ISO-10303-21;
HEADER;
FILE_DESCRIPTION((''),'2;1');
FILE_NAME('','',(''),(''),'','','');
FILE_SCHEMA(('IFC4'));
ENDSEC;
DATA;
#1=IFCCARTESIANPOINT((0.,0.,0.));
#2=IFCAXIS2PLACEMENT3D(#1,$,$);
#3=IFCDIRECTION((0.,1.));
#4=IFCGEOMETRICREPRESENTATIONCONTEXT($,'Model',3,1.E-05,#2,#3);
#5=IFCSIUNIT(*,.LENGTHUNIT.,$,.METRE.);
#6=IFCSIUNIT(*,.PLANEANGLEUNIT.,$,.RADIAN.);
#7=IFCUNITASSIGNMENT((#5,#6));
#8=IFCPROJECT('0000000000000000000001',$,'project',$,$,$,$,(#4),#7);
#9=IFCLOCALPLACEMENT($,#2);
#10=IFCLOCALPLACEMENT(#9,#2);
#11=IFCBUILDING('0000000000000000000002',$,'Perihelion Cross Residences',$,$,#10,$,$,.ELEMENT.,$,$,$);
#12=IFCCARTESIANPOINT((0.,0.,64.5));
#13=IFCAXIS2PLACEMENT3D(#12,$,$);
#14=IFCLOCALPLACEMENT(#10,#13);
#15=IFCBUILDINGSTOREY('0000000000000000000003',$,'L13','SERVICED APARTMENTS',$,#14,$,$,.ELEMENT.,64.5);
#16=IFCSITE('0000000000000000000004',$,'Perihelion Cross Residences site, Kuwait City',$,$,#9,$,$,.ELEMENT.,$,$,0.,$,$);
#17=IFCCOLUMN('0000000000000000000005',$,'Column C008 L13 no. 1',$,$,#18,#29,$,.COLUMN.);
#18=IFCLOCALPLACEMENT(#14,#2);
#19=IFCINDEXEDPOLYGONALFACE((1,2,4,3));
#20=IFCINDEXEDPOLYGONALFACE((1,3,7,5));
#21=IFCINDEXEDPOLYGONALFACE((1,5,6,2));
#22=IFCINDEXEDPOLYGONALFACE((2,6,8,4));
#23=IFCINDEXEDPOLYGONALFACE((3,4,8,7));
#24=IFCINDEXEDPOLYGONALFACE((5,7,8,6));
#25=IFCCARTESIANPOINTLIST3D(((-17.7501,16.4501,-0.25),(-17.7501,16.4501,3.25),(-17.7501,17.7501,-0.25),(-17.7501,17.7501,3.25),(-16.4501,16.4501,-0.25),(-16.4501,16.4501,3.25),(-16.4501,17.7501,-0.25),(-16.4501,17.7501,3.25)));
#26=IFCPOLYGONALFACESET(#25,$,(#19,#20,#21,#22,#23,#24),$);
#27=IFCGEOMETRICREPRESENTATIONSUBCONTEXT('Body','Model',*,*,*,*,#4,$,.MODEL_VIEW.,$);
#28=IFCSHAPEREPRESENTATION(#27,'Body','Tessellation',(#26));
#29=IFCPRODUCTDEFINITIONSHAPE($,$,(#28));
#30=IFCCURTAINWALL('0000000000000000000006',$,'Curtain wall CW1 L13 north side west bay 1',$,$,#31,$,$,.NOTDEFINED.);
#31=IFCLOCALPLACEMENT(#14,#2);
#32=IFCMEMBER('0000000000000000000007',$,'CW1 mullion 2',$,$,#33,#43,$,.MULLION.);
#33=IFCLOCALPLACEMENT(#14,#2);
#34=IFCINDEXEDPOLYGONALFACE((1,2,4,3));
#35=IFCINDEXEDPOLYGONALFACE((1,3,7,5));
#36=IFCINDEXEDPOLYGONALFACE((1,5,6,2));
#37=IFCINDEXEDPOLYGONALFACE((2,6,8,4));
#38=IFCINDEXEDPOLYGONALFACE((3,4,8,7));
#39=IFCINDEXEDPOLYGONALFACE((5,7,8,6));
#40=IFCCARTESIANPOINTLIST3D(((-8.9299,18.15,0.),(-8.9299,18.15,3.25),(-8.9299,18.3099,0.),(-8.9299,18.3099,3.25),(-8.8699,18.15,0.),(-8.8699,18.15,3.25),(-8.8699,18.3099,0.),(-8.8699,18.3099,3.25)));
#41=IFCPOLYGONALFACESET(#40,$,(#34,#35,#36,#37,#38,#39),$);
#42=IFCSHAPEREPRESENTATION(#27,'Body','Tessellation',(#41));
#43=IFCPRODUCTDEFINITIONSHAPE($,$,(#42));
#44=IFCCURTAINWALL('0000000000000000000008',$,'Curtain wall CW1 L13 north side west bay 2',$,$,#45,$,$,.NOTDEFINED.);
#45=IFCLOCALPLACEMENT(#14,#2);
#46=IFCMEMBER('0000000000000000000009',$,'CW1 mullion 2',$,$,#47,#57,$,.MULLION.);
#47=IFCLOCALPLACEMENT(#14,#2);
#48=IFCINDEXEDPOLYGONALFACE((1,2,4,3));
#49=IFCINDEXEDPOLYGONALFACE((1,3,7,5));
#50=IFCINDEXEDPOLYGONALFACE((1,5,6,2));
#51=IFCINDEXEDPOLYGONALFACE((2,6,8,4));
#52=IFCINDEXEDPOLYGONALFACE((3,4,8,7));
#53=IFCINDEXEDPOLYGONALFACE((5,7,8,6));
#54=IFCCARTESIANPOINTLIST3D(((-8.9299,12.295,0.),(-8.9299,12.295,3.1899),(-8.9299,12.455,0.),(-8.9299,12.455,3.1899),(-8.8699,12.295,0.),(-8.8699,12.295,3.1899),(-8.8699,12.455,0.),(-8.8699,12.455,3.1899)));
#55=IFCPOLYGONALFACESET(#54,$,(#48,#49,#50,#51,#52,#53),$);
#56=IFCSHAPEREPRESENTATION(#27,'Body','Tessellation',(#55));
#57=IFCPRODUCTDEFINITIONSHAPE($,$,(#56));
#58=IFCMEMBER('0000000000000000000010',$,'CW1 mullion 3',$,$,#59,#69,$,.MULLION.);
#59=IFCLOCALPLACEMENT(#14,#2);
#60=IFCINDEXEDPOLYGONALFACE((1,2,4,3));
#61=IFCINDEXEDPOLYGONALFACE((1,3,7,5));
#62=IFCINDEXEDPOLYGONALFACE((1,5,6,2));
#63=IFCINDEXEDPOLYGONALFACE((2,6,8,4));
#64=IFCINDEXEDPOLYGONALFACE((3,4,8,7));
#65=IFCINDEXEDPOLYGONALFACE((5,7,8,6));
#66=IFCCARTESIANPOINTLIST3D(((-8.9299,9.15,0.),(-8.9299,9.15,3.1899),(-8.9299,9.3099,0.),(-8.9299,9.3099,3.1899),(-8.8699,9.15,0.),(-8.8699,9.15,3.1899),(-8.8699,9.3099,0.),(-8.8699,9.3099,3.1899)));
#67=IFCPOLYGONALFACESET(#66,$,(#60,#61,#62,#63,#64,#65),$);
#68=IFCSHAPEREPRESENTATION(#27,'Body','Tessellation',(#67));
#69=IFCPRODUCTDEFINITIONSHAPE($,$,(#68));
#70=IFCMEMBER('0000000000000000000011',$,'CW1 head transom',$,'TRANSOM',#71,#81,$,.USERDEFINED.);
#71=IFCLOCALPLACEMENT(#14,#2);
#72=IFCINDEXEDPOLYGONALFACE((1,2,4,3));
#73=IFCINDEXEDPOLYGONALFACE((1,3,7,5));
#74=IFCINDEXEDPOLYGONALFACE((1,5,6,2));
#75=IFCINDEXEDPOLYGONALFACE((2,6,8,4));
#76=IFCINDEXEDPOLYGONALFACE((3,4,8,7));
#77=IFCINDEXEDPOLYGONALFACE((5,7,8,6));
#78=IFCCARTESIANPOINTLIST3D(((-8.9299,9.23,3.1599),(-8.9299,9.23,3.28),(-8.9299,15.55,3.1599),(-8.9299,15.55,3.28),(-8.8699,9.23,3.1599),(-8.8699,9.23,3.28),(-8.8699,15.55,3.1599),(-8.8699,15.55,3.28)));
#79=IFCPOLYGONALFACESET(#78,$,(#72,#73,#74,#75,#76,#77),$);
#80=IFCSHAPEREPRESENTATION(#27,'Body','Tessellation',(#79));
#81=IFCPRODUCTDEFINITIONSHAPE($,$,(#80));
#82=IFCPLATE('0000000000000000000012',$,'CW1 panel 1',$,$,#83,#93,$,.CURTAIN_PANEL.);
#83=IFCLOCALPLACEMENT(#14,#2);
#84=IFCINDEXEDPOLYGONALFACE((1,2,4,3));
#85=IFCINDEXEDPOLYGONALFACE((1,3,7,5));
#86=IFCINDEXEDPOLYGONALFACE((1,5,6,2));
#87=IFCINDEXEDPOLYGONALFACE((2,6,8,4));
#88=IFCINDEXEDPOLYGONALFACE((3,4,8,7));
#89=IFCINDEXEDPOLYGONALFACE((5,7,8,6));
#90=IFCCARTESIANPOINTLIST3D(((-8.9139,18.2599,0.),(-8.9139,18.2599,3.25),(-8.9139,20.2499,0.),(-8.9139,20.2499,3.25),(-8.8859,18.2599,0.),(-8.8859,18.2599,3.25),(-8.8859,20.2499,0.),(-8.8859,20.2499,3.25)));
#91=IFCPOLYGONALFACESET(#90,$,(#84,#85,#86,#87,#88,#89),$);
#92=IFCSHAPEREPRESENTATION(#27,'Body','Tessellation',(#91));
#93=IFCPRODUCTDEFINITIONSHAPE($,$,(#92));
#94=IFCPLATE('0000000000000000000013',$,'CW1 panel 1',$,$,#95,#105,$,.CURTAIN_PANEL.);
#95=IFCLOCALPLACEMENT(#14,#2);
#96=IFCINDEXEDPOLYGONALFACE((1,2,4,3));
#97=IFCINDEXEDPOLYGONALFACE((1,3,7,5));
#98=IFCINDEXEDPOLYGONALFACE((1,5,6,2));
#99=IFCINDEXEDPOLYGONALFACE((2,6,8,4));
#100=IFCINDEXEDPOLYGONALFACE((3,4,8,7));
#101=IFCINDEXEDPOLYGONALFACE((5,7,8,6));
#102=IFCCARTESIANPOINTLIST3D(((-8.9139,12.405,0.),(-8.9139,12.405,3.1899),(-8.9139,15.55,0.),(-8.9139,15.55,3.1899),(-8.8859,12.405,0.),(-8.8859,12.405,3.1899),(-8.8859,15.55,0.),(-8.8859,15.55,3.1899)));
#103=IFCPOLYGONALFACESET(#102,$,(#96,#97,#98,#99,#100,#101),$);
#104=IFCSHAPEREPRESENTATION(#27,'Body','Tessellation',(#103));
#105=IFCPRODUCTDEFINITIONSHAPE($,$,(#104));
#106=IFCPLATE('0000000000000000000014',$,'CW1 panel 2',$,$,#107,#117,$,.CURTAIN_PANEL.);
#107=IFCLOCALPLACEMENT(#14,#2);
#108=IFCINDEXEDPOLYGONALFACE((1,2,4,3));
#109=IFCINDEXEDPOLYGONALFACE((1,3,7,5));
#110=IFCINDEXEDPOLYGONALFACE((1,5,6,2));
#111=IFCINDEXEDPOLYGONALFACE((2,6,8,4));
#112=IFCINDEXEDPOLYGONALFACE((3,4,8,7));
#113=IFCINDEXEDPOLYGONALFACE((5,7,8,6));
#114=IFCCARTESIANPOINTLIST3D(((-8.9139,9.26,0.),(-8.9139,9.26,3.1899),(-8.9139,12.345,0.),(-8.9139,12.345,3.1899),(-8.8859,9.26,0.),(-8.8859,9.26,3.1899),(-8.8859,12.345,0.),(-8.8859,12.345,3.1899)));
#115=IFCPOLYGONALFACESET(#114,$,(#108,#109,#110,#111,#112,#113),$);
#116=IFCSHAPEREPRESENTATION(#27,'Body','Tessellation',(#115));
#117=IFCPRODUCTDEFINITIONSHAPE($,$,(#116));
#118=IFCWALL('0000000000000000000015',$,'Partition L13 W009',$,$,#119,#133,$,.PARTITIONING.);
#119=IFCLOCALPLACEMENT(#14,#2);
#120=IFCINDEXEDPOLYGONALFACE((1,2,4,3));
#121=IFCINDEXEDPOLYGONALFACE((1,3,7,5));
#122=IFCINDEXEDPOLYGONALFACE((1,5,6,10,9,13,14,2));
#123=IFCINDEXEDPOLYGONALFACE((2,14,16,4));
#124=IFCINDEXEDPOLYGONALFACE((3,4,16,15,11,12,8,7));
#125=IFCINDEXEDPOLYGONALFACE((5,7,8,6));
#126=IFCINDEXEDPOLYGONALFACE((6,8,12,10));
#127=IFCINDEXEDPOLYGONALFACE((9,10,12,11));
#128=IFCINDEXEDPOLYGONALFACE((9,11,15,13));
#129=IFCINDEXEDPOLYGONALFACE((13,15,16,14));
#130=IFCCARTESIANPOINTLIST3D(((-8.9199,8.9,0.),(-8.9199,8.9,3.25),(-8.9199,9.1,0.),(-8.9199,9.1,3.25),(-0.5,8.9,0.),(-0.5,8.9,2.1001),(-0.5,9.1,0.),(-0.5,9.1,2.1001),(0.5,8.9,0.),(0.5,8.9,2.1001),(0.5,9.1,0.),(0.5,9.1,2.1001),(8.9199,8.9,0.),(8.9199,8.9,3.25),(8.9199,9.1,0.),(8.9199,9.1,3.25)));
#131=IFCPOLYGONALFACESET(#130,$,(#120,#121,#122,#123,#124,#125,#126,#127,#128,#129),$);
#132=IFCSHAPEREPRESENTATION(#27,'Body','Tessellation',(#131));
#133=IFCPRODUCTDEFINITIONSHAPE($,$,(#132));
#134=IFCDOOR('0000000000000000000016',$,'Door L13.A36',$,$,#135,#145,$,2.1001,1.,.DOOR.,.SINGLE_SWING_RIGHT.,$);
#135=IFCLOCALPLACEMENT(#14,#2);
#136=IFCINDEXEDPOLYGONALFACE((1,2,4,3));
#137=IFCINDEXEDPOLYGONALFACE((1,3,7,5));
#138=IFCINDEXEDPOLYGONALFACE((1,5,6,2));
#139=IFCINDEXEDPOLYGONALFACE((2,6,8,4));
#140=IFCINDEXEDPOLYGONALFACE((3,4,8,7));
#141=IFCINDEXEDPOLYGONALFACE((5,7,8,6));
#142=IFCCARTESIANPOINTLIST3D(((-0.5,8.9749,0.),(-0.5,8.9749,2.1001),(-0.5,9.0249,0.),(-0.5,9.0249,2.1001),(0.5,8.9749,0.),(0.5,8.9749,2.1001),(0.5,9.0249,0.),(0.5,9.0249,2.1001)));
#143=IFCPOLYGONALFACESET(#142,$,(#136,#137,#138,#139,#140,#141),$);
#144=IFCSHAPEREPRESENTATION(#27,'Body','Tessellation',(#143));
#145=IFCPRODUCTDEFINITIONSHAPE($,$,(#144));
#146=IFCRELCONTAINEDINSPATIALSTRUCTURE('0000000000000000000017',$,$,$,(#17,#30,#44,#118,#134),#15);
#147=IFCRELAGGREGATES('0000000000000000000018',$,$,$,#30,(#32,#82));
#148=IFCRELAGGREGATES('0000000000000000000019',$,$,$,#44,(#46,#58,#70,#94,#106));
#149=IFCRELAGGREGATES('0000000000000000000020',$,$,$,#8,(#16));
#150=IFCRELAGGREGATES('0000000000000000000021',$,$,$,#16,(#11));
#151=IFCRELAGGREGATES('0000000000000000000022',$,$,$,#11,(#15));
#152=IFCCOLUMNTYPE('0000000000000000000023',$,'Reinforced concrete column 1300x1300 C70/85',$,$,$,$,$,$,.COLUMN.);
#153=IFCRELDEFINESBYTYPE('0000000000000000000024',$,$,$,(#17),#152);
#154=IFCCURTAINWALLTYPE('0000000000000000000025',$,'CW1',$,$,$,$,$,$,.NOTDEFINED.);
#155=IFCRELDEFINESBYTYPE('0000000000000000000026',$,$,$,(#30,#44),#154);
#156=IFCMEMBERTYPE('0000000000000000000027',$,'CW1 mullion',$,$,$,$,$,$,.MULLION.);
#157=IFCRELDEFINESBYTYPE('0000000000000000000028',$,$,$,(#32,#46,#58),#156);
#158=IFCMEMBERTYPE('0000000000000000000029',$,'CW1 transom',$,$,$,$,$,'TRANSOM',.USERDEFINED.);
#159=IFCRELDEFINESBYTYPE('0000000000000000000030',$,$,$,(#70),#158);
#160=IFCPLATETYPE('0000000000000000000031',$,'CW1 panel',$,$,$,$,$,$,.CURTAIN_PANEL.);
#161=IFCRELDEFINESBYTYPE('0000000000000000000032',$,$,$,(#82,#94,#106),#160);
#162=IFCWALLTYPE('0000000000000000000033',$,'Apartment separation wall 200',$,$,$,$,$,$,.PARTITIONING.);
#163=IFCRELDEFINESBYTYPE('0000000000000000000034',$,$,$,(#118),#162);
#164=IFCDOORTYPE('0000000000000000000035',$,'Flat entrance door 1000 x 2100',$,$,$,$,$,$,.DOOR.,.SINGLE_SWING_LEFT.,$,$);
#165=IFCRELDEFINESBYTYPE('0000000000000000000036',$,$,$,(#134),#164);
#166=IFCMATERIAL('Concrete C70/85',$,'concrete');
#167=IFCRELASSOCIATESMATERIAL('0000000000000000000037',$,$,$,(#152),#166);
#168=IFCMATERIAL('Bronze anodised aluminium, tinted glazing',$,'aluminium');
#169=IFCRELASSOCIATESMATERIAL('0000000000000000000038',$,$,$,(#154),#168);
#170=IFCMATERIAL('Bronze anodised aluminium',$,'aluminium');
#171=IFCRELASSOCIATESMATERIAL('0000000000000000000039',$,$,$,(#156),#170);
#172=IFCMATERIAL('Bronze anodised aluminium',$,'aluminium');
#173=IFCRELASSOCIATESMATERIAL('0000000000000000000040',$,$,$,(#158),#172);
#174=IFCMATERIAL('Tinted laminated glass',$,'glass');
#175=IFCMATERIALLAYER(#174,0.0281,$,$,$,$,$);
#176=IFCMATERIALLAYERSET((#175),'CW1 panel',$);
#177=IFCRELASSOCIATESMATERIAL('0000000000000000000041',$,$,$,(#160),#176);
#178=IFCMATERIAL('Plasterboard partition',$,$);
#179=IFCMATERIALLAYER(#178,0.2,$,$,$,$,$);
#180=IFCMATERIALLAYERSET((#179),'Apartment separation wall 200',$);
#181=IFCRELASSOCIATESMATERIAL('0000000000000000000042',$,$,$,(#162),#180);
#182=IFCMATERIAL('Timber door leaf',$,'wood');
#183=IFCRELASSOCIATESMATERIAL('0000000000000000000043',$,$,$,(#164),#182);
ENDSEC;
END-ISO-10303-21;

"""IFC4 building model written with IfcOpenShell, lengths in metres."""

from ifc_helpers import new_model, si_unit, direction, frame, frame_2d, origin, origin_2d, place, context, subcontext, project, spatial, rectangle, extrude, material, layer, layer_set, material_profile, profile_set, type_object, element, fill, aggregate, save


model = new_model("IFC4")

# Units and contexts
model_context = context("Model", 3, precision=1e-05, world=origin(), true_north=direction((0.0, 1.0)))
body_context = subcontext(model_context, "Body", "Model", "MODEL_VIEW")
ifc_project = project(units=[si_unit("LENGTHUNIT", "METRE"), si_unit("PLANEANGLEUNIT", "RADIAN")], contexts=[model_context])

# Site, building, storey
site_placement = place(None, origin())
site = spatial("IfcSite", under=ifc_project, at=site_placement, Name="Perihelion Cross Residences site, Kuwait City", CompositionType="ELEMENT", RefElevation=0.0)
building_placement = place(site_placement, origin())
building = spatial("IfcBuilding", under=site, at=building_placement, Name="Perihelion Cross Residences", CompositionType="ELEMENT")
storey_placement = place(building_placement, frame((0.0, 0.0, 64.5)))
storey = spatial("IfcBuildingStorey", under=building, at=storey_placement, Name="L13", Description="SERVICED APARTMENTS", CompositionType="ELEMENT", Elevation=64.5)

# Column
ifc_material_1 = material(Name="Concrete C70/85", Category="concrete")
ifc_material_profile_1 = material_profile(ifc_material_1, rectangle(XDim=1.3, YDim=1.3, at=origin_2d()), Name="RC 1300x1300")
ifc_profile_set_1 = profile_set([ifc_material_profile_1], Name="Concrete C70/85")
column_type = type_object("IfcColumnType", Name="Reinforced concrete column 1300x1300 C70/85", PredefinedType="COLUMN", material=ifc_profile_set_1)
column_placement = place(storey_placement, frame((-17.1001, 17.1001, -0.25), z_axis=(0.0, 0.0, 1.0), x_axis=(1.0, 0.0, 0.0)))
element("IfcColumn", 1, at=column_placement, inside=storey, type_object=column_type, Name="Column C008 L13 no. 1", PredefinedType="COLUMN", context=body_context, shape_type="SweptSolid", body=[
    extrude(rectangle(XDim=1.3, YDim=1.3, at=origin_2d()), origin(), (0.0, 0.0, 1.0), 3.5),
])

# Curtain wall, member
ifc_material_2 = material(Name="Bronze anodised aluminium, tinted glazing", Category="aluminium")
curtain_wall_type = type_object("IfcCurtainWallType", Name="CW1", PredefinedType="NOTDEFINED", material=ifc_material_2)
curtain_wall_1_placement = place(storey_placement, origin())
curtain_wall_1 = element("IfcCurtainWall", 2, at=curtain_wall_1_placement, inside=storey, type_object=curtain_wall_type, Name="Curtain wall CW1 L13 north side west bay 1", PredefinedType="NOTDEFINED")
ifc_material_3 = material(Name="Bronze anodised aluminium", Category="aluminium")
ifc_material_profile_2 = material_profile(ifc_material_3, rectangle(XDim=0.0601, YDim=0.1599, at=origin_2d()), Name="CW1 mullion")
ifc_profile_set_2 = profile_set([ifc_material_profile_2], Name="Bronze anodised aluminium")
member_type_1 = type_object("IfcMemberType", Name="CW1 mullion", PredefinedType="MULLION", material=ifc_profile_set_2)
member_1_placement = place(storey_placement, frame((-8.8999, 18.23, 0.0), z_axis=(0.0, 0.0, 1.0), x_axis=(1.0, 0.0, 0.0)))
member_1 = element("IfcMember", 3, at=member_1_placement, type_object=member_type_1, Name="CW1 mullion 2", PredefinedType="MULLION", context=body_context, shape_type="SweptSolid", body=[
    extrude(rectangle(XDim=0.0601, YDim=0.1599, at=origin_2d()), origin(), (0.0, 0.0, 1.0), 3.25),
])

# Curtain wall, members
curtain_wall_2_placement = place(storey_placement, origin())
curtain_wall_2 = element("IfcCurtainWall", 4, at=curtain_wall_2_placement, inside=storey, type_object=curtain_wall_type, Name="Curtain wall CW1 L13 north side west bay 2", PredefinedType="NOTDEFINED")
member_2_placement = place(storey_placement, frame((-8.8999, 12.375, 0.0), z_axis=(0.0, 0.0, 1.0), x_axis=(1.0, 0.0, 0.0)))
member_2 = element("IfcMember", 5, at=member_2_placement, type_object=member_type_1, Name="CW1 mullion 2", PredefinedType="MULLION", context=body_context, shape_type="SweptSolid", body=[
    extrude(rectangle(XDim=0.0601, YDim=0.1599, at=origin_2d()), origin(), (0.0, 0.0, 1.0), 3.1899),
])
member_3_placement = place(storey_placement, frame((-8.8999, 9.23, 0.0), z_axis=(0.0, 0.0, 1.0), x_axis=(1.0, 0.0, 0.0)))
member_3 = element("IfcMember", 6, at=member_3_placement, type_object=member_type_1, Name="CW1 mullion 3", PredefinedType="MULLION", context=body_context, shape_type="SweptSolid", body=[
    extrude(rectangle(XDim=0.0601, YDim=0.1599, at=origin_2d()), origin(), (0.0, 0.0, 1.0), 3.1899),
])
ifc_material_4 = material(Name="Bronze anodised aluminium", Category="aluminium")
ifc_material_profile_3 = material_profile(ifc_material_4, rectangle(XDim=0.0601, YDim=0.1201, at=origin_2d()), Name="CW1 transom")
ifc_profile_set_3 = profile_set([ifc_material_profile_3], Name="Bronze anodised aluminium")
member_type_2 = type_object("IfcMemberType", Name="CW1 transom", ElementType="TRANSOM", PredefinedType="USERDEFINED", material=ifc_profile_set_3)
member_4_placement = place(storey_placement, frame((-8.8999, 15.55, 3.22), z_axis=(0.0, -1.0, 0.0), x_axis=(1.0, 0.0, 0.0)))
member_4 = element("IfcMember", 7, at=member_4_placement, type_object=member_type_2, Name="CW1 head transom", ObjectType="TRANSOM", PredefinedType="USERDEFINED", context=body_context, shape_type="SweptSolid", body=[
    extrude(rectangle(XDim=0.0601, YDim=0.1201, at=origin_2d()), origin(), (0.0, 0.0, 1.0), 6.3201),
])

# Plates
ifc_material_5 = material(Name="Tinted laminated glass", Category="glass")
ifc_layer_1 = layer(ifc_material_5, 0.0281)
ifc_layer_set_1 = layer_set([ifc_layer_1], Name="CW1 panel")
plate_type = type_object("IfcPlateType", Name="CW1 panel", PredefinedType="CURTAIN_PANEL", material=ifc_layer_set_1)
plate_1_placement = place(storey_placement, frame((-8.8999, 19.2549, 0.0), z_axis=(0.0, 0.0, 1.0), x_axis=(0.0, -1.0, 0.0)))
plate_1 = element("IfcPlate", 8, at=plate_1_placement, type_object=plate_type, Name="CW1 panel 1", PredefinedType="CURTAIN_PANEL", context=body_context, shape_type="SweptSolid", body=[
    extrude(rectangle(XDim=1.99, YDim=0.0281, at=origin_2d()), origin(), (0.0, 0.0, 1.0), 3.25),
])
aggregate(curtain_wall_1, [member_1, plate_1])
plate_2_placement = place(storey_placement, frame((-8.8999, 13.9775, 0.0), z_axis=(0.0, 0.0, 1.0), x_axis=(0.0, -1.0, 0.0)))
plate_2 = element("IfcPlate", 9, at=plate_2_placement, type_object=plate_type, Name="CW1 panel 1", PredefinedType="CURTAIN_PANEL", context=body_context, shape_type="SweptSolid", body=[
    extrude(rectangle(XDim=3.145, YDim=0.0281, at=origin_2d()), origin(), (0.0, 0.0, 1.0), 3.1899),
])
plate_3_placement = place(storey_placement, frame((-8.8999, 10.8025, 0.0), z_axis=(0.0, 0.0, 1.0), x_axis=(0.0, -1.0, 0.0)))
plate_3 = element("IfcPlate", 10, at=plate_3_placement, type_object=plate_type, Name="CW1 panel 2", PredefinedType="CURTAIN_PANEL", context=body_context, shape_type="SweptSolid", body=[
    extrude(rectangle(XDim=3.085, YDim=0.0281, at=origin_2d()), origin(), (0.0, 0.0, 1.0), 3.1899),
])
aggregate(curtain_wall_2, [member_2, member_3, member_4, plate_2, plate_3])

# Wall, opening, door
ifc_material_6 = material(Name="Plasterboard partition")
ifc_layer_2 = layer(ifc_material_6, 0.2)
ifc_layer_set_2 = layer_set([ifc_layer_2], Name="Apartment separation wall 200")
wall_type_1 = type_object("IfcWallType", Name="Apartment separation wall 200", PredefinedType="PARTITIONING", material=ifc_layer_set_2)
wall_1_placement = place(storey_placement, frame((-8.9199, 9.0, 0.0), z_axis=(0.0, 0.0, 1.0), x_axis=(1.0, 0.0, 0.0)))
wall_1 = element("IfcWall", 11, at=wall_1_placement, inside=storey, type_object=wall_type_1, Name="Partition L13 W009", PredefinedType="PARTITIONING", context=body_context, shape_type="SweptSolid", body=[
    extrude(rectangle(XDim=17.8398, YDim=0.2, at=frame_2d((8.9199, 0.0))), origin(), (0.0, 0.0, 1.0), 3.25),
])
opening_1_placement = place(wall_1_placement, frame((8.4199, 0.0, 0.0)))
opening_1 = element("IfcOpeningElement", 12, at=opening_1_placement, cuts=wall_1, PredefinedType="OPENING", context=body_context, shape_type="SweptSolid", body=[
    extrude(rectangle(XDim=1.0, YDim=2.1001, at=frame_2d((0.5, 1.05))), frame((0.0, 0.1099, 0.0), z_axis=(0.0, -1.0, 0.0), x_axis=(1.0, 0.0, 0.0)), (0.0, 0.0, 1.0), 0.22),
])
ifc_material_7 = material(Name="Timber door leaf", Category="wood")
door_type_1 = type_object("IfcDoorType", Name="Flat entrance door 1000 x 2100", OperationType="SINGLE_SWING_LEFT", PredefinedType="DOOR", material=ifc_material_7)
door_1_placement = place(opening_1_placement, origin())
door_1 = element("IfcDoor", 13, at=door_1_placement, inside=storey, type_object=door_type_1, Name="Door L13.A36", OperationType="SINGLE_SWING_RIGHT", OverallHeight=2.1001, OverallWidth=1.0, PredefinedType="DOOR", context=body_context, shape_type="SweptSolid", body=[
    extrude(rectangle(XDim=1.0, YDim=2.1001, at=frame_2d((0.5, 1.05))), frame((0.0, 0.0249, 0.0), z_axis=(0.0, -1.0, 0.0), x_axis=(1.0, 0.0, 0.0)), (0.0, 0.0, 1.0), 0.05),
])
fill(opening_1, door_1)

save(model, "model.ifc")
